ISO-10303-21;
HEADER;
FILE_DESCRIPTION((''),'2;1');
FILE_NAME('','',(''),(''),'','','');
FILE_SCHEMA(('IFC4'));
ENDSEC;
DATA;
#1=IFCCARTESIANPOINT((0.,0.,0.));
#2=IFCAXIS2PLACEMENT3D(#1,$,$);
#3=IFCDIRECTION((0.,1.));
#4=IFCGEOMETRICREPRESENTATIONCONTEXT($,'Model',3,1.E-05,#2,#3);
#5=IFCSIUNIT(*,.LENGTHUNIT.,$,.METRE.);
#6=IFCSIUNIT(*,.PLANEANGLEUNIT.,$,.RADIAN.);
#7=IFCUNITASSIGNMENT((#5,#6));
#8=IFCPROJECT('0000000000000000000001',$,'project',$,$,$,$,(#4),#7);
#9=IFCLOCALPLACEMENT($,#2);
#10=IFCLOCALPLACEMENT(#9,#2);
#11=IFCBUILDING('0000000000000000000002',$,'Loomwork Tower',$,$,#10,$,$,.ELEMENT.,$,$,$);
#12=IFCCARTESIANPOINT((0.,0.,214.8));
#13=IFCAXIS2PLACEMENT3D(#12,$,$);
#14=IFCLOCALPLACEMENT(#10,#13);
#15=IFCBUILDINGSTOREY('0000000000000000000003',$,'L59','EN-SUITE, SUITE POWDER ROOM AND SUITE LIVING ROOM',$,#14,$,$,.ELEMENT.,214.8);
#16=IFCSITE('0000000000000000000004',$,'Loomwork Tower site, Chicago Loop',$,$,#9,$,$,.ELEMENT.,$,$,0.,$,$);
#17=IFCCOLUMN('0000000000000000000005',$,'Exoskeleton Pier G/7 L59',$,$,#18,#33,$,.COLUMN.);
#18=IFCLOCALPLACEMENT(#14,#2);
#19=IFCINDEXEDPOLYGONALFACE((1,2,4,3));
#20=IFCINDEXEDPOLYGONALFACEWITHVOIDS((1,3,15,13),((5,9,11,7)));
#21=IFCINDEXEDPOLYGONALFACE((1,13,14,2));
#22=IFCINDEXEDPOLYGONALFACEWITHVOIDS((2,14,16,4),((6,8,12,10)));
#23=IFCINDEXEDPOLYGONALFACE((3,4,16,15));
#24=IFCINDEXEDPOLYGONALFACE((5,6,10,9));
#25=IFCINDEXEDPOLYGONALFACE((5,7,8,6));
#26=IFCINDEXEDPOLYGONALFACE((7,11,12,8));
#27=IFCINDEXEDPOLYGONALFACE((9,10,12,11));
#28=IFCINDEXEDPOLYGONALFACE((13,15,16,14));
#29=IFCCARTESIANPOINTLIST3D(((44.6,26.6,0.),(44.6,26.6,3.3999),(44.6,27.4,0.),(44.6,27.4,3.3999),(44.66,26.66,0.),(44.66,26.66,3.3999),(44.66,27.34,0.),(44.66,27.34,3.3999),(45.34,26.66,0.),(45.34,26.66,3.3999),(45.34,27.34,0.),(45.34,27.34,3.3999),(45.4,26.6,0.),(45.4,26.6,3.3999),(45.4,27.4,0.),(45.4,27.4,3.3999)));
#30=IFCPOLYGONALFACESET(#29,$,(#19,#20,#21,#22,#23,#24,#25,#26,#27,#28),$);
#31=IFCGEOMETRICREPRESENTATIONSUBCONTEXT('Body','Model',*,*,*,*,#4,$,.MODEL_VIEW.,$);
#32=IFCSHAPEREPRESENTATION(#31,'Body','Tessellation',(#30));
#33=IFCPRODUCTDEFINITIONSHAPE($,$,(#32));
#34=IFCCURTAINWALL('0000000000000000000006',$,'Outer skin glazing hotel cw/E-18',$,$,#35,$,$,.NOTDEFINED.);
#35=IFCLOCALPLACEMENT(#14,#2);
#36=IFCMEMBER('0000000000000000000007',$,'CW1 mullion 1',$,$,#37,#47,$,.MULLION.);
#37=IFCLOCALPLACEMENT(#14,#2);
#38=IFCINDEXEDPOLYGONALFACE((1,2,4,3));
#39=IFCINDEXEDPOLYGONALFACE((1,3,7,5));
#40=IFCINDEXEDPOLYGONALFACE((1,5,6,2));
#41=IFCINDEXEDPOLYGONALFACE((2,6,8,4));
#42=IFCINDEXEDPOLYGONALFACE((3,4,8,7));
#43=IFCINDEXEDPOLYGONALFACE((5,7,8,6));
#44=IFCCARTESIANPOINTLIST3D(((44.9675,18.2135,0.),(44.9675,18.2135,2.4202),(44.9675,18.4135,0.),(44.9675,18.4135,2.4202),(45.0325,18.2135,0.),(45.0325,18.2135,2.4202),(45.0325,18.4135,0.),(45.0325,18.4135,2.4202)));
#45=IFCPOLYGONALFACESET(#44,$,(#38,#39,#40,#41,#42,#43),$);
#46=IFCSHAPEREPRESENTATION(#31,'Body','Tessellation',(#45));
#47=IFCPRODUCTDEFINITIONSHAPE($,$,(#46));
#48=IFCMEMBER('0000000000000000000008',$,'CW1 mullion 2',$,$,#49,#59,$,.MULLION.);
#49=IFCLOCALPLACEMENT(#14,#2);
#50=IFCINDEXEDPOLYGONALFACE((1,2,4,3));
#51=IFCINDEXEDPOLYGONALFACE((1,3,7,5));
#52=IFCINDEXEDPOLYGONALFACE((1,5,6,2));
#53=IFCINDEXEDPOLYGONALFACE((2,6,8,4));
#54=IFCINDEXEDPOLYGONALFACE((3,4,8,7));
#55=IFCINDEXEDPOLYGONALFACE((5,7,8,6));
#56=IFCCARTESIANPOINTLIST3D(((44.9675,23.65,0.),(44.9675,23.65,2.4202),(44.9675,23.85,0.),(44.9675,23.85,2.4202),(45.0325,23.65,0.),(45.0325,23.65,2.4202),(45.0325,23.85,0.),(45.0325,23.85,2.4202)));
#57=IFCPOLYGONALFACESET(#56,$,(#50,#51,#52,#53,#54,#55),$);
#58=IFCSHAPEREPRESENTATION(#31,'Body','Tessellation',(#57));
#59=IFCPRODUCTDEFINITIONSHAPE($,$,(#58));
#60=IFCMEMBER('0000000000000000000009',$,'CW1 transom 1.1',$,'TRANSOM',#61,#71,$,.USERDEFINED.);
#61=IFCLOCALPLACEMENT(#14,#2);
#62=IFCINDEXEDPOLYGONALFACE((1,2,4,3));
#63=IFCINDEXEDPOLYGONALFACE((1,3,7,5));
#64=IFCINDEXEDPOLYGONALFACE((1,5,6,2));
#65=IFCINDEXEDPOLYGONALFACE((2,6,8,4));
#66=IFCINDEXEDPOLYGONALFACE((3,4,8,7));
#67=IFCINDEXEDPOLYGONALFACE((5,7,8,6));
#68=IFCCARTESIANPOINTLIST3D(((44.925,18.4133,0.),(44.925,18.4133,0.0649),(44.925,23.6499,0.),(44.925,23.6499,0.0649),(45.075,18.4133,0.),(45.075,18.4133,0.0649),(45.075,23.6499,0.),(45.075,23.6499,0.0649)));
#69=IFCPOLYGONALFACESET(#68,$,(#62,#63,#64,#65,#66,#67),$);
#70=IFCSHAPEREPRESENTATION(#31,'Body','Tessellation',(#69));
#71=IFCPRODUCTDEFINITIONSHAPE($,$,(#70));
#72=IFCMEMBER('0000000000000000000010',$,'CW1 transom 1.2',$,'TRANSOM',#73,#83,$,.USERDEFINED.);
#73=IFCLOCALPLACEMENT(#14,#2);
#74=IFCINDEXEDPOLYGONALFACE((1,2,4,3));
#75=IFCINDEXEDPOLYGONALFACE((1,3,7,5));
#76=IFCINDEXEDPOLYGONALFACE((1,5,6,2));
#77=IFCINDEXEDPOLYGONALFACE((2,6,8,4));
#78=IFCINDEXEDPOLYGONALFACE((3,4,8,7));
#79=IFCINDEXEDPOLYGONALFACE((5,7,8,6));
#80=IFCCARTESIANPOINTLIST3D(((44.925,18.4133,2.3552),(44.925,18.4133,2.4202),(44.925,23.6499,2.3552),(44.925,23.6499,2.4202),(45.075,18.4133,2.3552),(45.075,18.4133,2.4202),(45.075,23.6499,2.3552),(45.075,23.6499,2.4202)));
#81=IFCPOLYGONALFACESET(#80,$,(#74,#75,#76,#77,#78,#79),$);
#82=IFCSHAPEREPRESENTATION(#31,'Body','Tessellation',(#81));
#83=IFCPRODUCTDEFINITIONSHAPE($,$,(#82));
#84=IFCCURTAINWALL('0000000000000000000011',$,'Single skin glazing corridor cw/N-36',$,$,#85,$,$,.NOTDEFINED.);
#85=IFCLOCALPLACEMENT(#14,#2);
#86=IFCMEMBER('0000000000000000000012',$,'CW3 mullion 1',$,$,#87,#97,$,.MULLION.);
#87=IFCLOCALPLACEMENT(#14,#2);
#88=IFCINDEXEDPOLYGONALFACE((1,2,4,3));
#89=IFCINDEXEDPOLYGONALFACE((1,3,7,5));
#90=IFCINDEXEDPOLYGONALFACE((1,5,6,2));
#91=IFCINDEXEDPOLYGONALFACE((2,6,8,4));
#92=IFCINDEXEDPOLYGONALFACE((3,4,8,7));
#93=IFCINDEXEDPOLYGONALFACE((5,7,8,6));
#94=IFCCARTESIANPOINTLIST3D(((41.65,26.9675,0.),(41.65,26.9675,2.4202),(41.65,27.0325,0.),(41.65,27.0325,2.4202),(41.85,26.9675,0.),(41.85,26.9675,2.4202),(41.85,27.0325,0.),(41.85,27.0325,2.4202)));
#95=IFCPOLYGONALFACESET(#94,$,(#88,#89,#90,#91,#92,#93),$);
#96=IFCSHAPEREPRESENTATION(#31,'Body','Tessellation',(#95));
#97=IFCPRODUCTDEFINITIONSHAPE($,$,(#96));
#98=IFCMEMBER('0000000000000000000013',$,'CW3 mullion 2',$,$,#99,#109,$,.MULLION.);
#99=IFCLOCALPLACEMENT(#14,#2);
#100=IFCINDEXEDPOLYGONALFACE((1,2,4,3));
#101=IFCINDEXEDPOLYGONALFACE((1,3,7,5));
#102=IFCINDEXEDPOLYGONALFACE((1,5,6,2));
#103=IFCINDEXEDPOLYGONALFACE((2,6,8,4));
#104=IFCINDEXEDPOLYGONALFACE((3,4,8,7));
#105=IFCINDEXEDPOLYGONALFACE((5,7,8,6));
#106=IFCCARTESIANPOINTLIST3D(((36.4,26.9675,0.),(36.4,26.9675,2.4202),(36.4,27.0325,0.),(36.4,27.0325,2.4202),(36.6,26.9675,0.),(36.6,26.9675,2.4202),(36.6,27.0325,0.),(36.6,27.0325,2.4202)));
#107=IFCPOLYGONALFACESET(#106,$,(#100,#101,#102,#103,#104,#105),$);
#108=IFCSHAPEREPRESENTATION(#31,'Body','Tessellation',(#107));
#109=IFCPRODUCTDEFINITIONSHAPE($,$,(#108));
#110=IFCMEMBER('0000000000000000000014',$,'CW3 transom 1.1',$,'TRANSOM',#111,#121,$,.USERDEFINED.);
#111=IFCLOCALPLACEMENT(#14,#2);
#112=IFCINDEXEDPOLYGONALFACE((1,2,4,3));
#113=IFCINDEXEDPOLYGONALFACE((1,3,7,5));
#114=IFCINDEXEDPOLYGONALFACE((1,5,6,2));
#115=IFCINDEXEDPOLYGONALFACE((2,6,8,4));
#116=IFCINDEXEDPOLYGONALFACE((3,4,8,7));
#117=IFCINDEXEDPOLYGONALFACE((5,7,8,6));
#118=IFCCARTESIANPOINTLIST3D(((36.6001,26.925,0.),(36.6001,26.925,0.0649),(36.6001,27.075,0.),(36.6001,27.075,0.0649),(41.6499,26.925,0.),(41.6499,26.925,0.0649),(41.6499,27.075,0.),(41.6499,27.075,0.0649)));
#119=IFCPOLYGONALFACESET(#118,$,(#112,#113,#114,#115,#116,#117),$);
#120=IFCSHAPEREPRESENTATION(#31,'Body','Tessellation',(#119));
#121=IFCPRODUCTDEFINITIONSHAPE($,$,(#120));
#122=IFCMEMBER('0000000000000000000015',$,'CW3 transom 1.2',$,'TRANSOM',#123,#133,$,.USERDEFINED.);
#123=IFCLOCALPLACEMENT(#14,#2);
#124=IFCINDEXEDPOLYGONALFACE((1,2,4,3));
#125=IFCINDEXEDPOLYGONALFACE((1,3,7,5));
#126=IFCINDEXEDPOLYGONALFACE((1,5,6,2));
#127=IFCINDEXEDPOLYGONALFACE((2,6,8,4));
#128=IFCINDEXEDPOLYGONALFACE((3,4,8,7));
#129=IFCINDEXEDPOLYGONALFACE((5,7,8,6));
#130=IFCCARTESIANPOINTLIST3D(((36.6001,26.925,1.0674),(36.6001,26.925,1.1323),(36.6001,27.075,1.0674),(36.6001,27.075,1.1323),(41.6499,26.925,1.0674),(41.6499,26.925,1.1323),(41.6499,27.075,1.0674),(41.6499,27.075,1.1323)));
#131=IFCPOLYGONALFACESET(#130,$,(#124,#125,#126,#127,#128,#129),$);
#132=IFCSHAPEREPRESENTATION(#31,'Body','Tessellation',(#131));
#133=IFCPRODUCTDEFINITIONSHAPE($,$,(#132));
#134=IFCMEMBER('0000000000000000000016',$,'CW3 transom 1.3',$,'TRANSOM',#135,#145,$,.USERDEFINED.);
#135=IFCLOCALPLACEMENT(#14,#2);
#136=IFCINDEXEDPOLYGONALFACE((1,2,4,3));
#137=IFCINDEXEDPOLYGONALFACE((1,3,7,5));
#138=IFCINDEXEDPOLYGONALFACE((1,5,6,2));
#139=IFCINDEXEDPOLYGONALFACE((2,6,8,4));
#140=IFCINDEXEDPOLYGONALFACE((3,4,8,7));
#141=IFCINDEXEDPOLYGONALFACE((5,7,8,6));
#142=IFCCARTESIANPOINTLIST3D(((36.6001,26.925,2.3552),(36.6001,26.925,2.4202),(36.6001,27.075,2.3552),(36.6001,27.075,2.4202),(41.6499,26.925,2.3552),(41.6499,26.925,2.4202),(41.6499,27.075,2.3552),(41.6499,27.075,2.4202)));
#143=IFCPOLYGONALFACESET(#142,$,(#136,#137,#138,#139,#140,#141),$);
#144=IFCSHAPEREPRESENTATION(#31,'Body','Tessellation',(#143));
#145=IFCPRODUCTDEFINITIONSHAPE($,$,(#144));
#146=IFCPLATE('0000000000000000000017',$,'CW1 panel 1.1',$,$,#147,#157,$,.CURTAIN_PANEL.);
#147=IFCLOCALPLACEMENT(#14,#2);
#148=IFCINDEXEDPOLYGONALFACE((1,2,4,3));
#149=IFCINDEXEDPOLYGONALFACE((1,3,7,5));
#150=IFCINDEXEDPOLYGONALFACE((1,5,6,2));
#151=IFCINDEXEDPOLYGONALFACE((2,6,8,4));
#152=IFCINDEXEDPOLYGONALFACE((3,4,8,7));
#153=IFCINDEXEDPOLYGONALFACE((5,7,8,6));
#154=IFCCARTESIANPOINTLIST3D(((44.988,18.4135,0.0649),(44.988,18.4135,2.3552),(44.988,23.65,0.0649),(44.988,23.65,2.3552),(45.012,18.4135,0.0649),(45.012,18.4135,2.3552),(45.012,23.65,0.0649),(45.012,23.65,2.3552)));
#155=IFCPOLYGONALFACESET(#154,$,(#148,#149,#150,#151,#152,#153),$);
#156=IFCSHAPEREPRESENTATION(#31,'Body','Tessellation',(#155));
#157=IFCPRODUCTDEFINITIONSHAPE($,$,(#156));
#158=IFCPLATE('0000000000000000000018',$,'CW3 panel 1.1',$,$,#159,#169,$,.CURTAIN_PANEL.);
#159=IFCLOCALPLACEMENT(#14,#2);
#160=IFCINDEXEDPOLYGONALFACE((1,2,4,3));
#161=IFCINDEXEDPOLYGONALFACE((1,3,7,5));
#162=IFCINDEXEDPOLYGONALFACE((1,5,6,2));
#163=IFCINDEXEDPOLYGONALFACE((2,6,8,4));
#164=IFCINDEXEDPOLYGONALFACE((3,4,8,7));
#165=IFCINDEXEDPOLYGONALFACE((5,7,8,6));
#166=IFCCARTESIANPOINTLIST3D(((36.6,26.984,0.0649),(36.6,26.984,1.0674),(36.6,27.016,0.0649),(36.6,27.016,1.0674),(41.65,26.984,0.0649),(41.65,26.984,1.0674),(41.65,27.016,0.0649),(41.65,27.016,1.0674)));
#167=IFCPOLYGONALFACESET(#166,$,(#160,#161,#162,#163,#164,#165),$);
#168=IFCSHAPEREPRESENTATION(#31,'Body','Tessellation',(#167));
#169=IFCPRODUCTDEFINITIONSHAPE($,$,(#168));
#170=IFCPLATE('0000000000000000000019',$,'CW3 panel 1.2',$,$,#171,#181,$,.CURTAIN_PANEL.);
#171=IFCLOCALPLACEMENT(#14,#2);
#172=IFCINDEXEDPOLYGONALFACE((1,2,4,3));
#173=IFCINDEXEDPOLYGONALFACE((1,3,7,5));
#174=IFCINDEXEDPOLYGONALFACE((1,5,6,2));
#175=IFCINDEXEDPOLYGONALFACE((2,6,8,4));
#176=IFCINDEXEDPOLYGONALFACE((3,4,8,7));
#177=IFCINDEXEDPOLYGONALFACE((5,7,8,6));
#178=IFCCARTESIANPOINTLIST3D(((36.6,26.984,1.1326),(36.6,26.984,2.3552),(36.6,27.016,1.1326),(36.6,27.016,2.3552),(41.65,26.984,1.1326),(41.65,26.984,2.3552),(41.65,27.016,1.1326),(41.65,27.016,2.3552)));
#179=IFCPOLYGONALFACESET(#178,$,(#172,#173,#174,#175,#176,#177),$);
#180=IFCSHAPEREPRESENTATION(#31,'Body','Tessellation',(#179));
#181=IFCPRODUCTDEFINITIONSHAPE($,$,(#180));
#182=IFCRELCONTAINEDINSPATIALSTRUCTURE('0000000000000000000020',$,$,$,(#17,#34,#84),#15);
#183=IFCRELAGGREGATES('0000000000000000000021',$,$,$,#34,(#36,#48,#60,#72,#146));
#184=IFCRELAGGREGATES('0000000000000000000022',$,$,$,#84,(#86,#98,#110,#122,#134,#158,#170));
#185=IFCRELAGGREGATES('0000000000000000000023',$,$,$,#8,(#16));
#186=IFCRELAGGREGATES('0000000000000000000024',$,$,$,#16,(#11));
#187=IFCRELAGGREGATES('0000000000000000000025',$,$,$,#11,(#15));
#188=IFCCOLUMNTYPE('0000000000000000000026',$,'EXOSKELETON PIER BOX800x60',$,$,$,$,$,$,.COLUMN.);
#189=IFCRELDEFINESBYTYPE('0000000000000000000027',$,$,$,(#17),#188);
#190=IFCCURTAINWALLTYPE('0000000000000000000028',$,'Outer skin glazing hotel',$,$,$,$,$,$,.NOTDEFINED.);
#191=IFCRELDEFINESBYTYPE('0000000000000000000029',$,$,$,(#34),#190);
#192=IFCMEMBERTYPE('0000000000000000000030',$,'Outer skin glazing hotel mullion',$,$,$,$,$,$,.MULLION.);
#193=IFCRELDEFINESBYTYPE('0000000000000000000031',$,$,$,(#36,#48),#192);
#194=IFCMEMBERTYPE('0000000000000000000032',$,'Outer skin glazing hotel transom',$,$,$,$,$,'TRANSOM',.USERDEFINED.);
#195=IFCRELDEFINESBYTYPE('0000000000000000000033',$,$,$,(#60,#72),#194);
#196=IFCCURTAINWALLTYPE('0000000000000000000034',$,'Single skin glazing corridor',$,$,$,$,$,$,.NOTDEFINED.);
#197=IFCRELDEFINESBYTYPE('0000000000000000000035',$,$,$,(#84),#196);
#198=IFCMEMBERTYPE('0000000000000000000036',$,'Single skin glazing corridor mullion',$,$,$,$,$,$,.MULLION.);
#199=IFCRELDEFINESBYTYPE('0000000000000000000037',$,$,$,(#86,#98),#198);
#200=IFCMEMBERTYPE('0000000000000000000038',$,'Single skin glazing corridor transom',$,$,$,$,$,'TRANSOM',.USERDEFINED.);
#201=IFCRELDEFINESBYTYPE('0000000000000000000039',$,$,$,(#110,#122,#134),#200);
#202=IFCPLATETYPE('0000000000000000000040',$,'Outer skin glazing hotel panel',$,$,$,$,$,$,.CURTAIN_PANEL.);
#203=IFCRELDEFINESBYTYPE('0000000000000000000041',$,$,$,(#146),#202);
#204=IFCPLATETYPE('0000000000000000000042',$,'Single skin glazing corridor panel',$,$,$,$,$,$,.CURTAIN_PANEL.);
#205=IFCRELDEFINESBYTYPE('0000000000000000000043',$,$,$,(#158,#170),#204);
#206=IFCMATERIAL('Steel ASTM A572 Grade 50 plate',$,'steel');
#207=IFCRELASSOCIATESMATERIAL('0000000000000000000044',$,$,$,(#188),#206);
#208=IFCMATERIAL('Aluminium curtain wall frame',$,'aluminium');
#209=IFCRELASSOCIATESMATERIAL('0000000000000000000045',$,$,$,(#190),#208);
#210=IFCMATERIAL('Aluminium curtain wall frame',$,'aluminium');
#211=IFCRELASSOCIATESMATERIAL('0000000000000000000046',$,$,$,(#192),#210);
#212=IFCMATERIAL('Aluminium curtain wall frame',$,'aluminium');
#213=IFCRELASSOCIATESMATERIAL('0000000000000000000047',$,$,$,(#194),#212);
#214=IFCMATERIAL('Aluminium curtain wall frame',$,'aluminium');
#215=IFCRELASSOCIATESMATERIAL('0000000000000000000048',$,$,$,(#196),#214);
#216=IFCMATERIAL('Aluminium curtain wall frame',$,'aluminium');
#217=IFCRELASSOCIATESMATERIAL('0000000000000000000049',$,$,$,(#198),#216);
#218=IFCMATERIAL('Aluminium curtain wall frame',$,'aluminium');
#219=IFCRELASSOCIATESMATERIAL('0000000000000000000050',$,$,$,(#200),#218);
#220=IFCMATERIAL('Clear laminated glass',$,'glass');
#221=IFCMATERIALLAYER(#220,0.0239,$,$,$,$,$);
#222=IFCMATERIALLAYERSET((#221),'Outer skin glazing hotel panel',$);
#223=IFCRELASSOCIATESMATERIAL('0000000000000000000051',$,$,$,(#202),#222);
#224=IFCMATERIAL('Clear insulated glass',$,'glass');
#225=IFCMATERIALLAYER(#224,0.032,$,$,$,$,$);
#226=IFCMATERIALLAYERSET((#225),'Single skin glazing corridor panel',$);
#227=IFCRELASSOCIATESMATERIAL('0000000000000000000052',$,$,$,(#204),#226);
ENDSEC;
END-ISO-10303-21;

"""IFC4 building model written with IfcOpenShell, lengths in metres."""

from ifc_helpers import new_model, si_unit, direction, frame, origin, origin_2d, place, context, subcontext, project, spatial, rectangle, hollow_rectangle, extrude, material, layer, layer_set, material_profile, profile_set, type_object, element, aggregate, save


model = new_model("IFC4")

# Units and contexts
model_context = context("Model", 3, precision=1e-05, world=origin(), true_north=direction((0.0, 1.0)))
body_context = subcontext(model_context, "Body", "Model", "MODEL_VIEW")
ifc_project = project(units=[si_unit("LENGTHUNIT", "METRE"), si_unit("PLANEANGLEUNIT", "RADIAN")], contexts=[model_context])

# Site, building, storey
site_placement = place(None, origin())
site = spatial("IfcSite", under=ifc_project, at=site_placement, Name="Loomwork Tower site, Chicago Loop", CompositionType="ELEMENT", RefElevation=0.0)
building_placement = place(site_placement, origin())
building = spatial("IfcBuilding", under=site, at=building_placement, Name="Loomwork Tower", CompositionType="ELEMENT")
storey_placement = place(building_placement, frame((0.0, 0.0, 214.8)))
storey = spatial("IfcBuildingStorey", under=building, at=storey_placement, Name="L59", Description="EN-SUITE, SUITE POWDER ROOM AND SUITE LIVING ROOM", CompositionType="ELEMENT", Elevation=214.8)

# Column
ifc_material_1 = material(Name="Steel ASTM A572 Grade 50 plate", Category="steel")
ifc_material_profile_1 = material_profile(ifc_material_1, hollow_rectangle(XDim=0.8, YDim=0.8, WallThickness=0.0601, at=origin_2d()), Name="BOX800x60")
ifc_profile_set_1 = profile_set([ifc_material_profile_1], Name="Steel ASTM A572 Grade 50 plate")
column_type = type_object("IfcColumnType", Name="EXOSKELETON PIER BOX800x60", PredefinedType="COLUMN", material=ifc_profile_set_1)
column_placement = place(storey_placement, frame((45.0, 27.0, 0.0), z_axis=(0.0, 0.0, 1.0), x_axis=(0.0, 1.0, 0.0)))
element("IfcColumn", 1, at=column_placement, inside=storey, type_object=column_type, Name="Exoskeleton Pier G/7 L59", PredefinedType="COLUMN", context=body_context, shape_type="SweptSolid", body=[
    extrude(hollow_rectangle(XDim=0.8, YDim=0.8, WallThickness=0.0601, at=origin_2d()), origin(), (0.0, 0.0, 1.0), 3.3999),
])

# Curtain walls, members
ifc_material_2 = material(Name="Aluminium curtain wall frame", Category="aluminium")
curtain_wall_type_1 = type_object("IfcCurtainWallType", Name="Outer skin glazing hotel", PredefinedType="NOTDEFINED", material=ifc_material_2)
curtain_wall_1_placement = place(storey_placement, origin())
curtain_wall_1 = element("IfcCurtainWall", 2, at=curtain_wall_1_placement, inside=storey, type_object=curtain_wall_type_1, Name="Outer skin glazing hotel cw/E-18", PredefinedType="NOTDEFINED")
ifc_material_3 = material(Name="Aluminium curtain wall frame", Category="aluminium")
ifc_material_profile_2 = material_profile(ifc_material_3, rectangle(XDim=0.0649, YDim=0.2, at=origin_2d()), Name="AL 65x200")
ifc_profile_set_2 = profile_set([ifc_material_profile_2], Name="Aluminium curtain wall frame")
member_type_1 = type_object("IfcMemberType", Name="Outer skin glazing hotel mullion", PredefinedType="MULLION", material=ifc_profile_set_2)
member_1_placement = place(storey_placement, frame((45.0, 18.3135, 0.0), z_axis=(0.0, 0.0, 1.0), x_axis=(-1.0, 0.0, 0.0)))
member_1 = element("IfcMember", 3, at=member_1_placement, type_object=member_type_1, Name="CW1 mullion 1", PredefinedType="MULLION", context=body_context, shape_type="SweptSolid", body=[
    extrude(rectangle(XDim=0.0649, YDim=0.2, at=origin_2d()), origin(), (0.0, 0.0, 1.0), 2.4202),
])
member_2_placement = place(storey_placement, frame((45.0, 23.75, 0.0), z_axis=(0.0, 0.0, 1.0), x_axis=(-1.0, 0.0, 0.0)))
member_2 = element("IfcMember", 4, at=member_2_placement, type_object=member_type_1, Name="CW1 mullion 2", PredefinedType="MULLION", context=body_context, shape_type="SweptSolid", body=[
    extrude(rectangle(XDim=0.0649, YDim=0.2, at=origin_2d()), origin(), (0.0, 0.0, 1.0), 2.4202),
])
ifc_material_4 = material(Name="Aluminium curtain wall frame", Category="aluminium")
ifc_material_profile_3 = material_profile(ifc_material_4, rectangle(XDim=0.1499, YDim=0.0649, at=origin_2d()), Name="AL 65x150")
ifc_profile_set_3 = profile_set([ifc_material_profile_3], Name="Aluminium curtain wall frame")
member_type_2 = type_object("IfcMemberType", Name="Outer skin glazing hotel transom", ElementType="TRANSOM", PredefinedType="USERDEFINED", material=ifc_profile_set_3)
member_3_placement = place(storey_placement, frame((45.0, 18.4133, 0.0325), z_axis=(0.0, 1.0, 0.0), x_axis=(-1.0, 0.0, 0.0)))
member_3 = element("IfcMember", 5, at=member_3_placement, type_object=member_type_2, Name="CW1 transom 1.1", ObjectType="TRANSOM", PredefinedType="USERDEFINED", context=body_context, shape_type="SweptSolid", body=[
    extrude(rectangle(XDim=0.1499, YDim=0.0649, at=origin_2d()), origin(), (0.0, 0.0, 1.0), 5.2366),
])
member_4_placement = place(storey_placement, frame((45.0, 18.4133, 2.3877), z_axis=(0.0, 1.0, 0.0), x_axis=(-1.0, 0.0, 0.0)))
member_4 = element("IfcMember", 6, at=member_4_placement, type_object=member_type_2, Name="CW1 transom 1.2", ObjectType="TRANSOM", PredefinedType="USERDEFINED", context=body_context, shape_type="SweptSolid", body=[
    extrude(rectangle(XDim=0.1499, YDim=0.0649, at=origin_2d()), origin(), (0.0, 0.0, 1.0), 5.2366),
])
ifc_material_5 = material(Name="Aluminium curtain wall frame", Category="aluminium")
curtain_wall_type_2 = type_object("IfcCurtainWallType", Name="Single skin glazing corridor", PredefinedType="NOTDEFINED", material=ifc_material_5)
curtain_wall_2_placement = place(storey_placement, origin())
curtain_wall_2 = element("IfcCurtainWall", 7, at=curtain_wall_2_placement, inside=storey, type_object=curtain_wall_type_2, Name="Single skin glazing corridor cw/N-36", PredefinedType="NOTDEFINED")
ifc_material_6 = material(Name="Aluminium curtain wall frame", Category="aluminium")
ifc_material_profile_4 = material_profile(ifc_material_6, rectangle(XDim=0.0649, YDim=0.2, at=origin_2d()), Name="AL 65x200")
ifc_profile_set_4 = profile_set([ifc_material_profile_4], Name="Aluminium curtain wall frame")
member_type_3 = type_object("IfcMemberType", Name="Single skin glazing corridor mullion", PredefinedType="MULLION", material=ifc_profile_set_4)
member_5_placement = place(storey_placement, frame((41.75, 27.0, 0.0), z_axis=(0.0, 0.0, 1.0), x_axis=(0.0, -1.0, 0.0)))
member_5 = element("IfcMember", 8, at=member_5_placement, type_object=member_type_3, Name="CW3 mullion 1", PredefinedType="MULLION", context=body_context, shape_type="SweptSolid", body=[
    extrude(rectangle(XDim=0.0649, YDim=0.2, at=origin_2d()), origin(), (0.0, 0.0, 1.0), 2.4202),
])
member_6_placement = place(storey_placement, frame((36.5, 27.0, 0.0), z_axis=(0.0, 0.0, 1.0), x_axis=(0.0, -1.0, 0.0)))
member_6 = element("IfcMember", 9, at=member_6_placement, type_object=member_type_3, Name="CW3 mullion 2", PredefinedType="MULLION", context=body_context, shape_type="SweptSolid", body=[
    extrude(rectangle(XDim=0.0649, YDim=0.2, at=origin_2d()), origin(), (0.0, 0.0, 1.0), 2.4202),
])
ifc_material_7 = material(Name="Aluminium curtain wall frame", Category="aluminium")
ifc_material_profile_5 = material_profile(ifc_material_7, rectangle(XDim=0.1499, YDim=0.0649, at=origin_2d()), Name="AL 65x150")
ifc_profile_set_5 = profile_set([ifc_material_profile_5], Name="Aluminium curtain wall frame")
member_type_4 = type_object("IfcMemberType", Name="Single skin glazing corridor transom", ElementType="TRANSOM", PredefinedType="USERDEFINED", material=ifc_profile_set_5)
member_7_placement = place(storey_placement, frame((41.6499, 27.0, 0.0325), z_axis=(-1.0, 0.0, 0.0), x_axis=(0.0, -1.0, 0.0)))
member_7 = element("IfcMember", 10, at=member_7_placement, type_object=member_type_4, Name="CW3 transom 1.1", ObjectType="TRANSOM", PredefinedType="USERDEFINED", context=body_context, shape_type="SweptSolid", body=[
    extrude(rectangle(XDim=0.1499, YDim=0.0649, at=origin_2d()), origin(), (0.0, 0.0, 1.0), 5.0498),
])
member_8_placement = place(storey_placement, frame((41.6499, 27.0, 1.0999), z_axis=(-1.0, 0.0, 0.0), x_axis=(0.0, -1.0, 0.0)))
member_8 = element("IfcMember", 11, at=member_8_placement, type_object=member_type_4, Name="CW3 transom 1.2", ObjectType="TRANSOM", PredefinedType="USERDEFINED", context=body_context, shape_type="SweptSolid", body=[
    extrude(rectangle(XDim=0.1499, YDim=0.0649, at=origin_2d()), origin(), (0.0, 0.0, 1.0), 5.0498),
])
member_9_placement = place(storey_placement, frame((41.6499, 27.0, 2.3877), z_axis=(-1.0, 0.0, 0.0), x_axis=(0.0, -1.0, 0.0)))
member_9 = element("IfcMember", 12, at=member_9_placement, type_object=member_type_4, Name="CW3 transom 1.3", ObjectType="TRANSOM", PredefinedType="USERDEFINED", context=body_context, shape_type="SweptSolid", body=[
    extrude(rectangle(XDim=0.1499, YDim=0.0649, at=origin_2d()), origin(), (0.0, 0.0, 1.0), 5.0498),
])

# Plates
ifc_material_8 = material(Name="Clear laminated glass", Category="glass")
ifc_layer_1 = layer(ifc_material_8, 0.0239)
ifc_layer_set_1 = layer_set([ifc_layer_1], Name="Outer skin glazing hotel panel")
plate_type_1 = type_object("IfcPlateType", Name="Outer skin glazing hotel panel", PredefinedType="CURTAIN_PANEL", material=ifc_layer_set_1)
plate_1_placement = place(storey_placement, frame((45.0, 21.0317, 0.0649), z_axis=(0.0, 0.0, 1.0), x_axis=(0.0, 1.0, 0.0)))
plate_1 = element("IfcPlate", 13, at=plate_1_placement, type_object=plate_type_1, Name="CW1 panel 1.1", PredefinedType="CURTAIN_PANEL", context=body_context, shape_type="SweptSolid", body=[
    extrude(rectangle(XDim=5.2366, YDim=0.0239, at=origin_2d()), origin(), (0.0, 0.0, 1.0), 2.2903),
])
aggregate(curtain_wall_1, [member_1, member_2, member_3, member_4, plate_1])
ifc_material_9 = material(Name="Clear insulated glass", Category="glass")
ifc_layer_2 = layer(ifc_material_9, 0.032)
ifc_layer_set_2 = layer_set([ifc_layer_2], Name="Single skin glazing corridor panel")
plate_type_2 = type_object("IfcPlateType", Name="Single skin glazing corridor panel", PredefinedType="CURTAIN_PANEL", material=ifc_layer_set_2)
plate_2_placement = place(storey_placement, frame((39.125, 27.0, 0.0649), z_axis=(0.0, 0.0, 1.0), x_axis=(-1.0, 0.0, 0.0)))
plate_2 = element("IfcPlate", 14, at=plate_2_placement, type_object=plate_type_2, Name="CW3 panel 1.1", PredefinedType="CURTAIN_PANEL", context=body_context, shape_type="SweptSolid", body=[
    extrude(rectangle(XDim=5.05, YDim=0.032, at=origin_2d()), origin(), (0.0, 0.0, 1.0), 1.0024),
])
plate_3_placement = place(storey_placement, frame((39.125, 27.0, 1.1326), z_axis=(0.0, 0.0, 1.0), x_axis=(-1.0, 0.0, 0.0)))
plate_3 = element("IfcPlate", 15, at=plate_3_placement, type_object=plate_type_2, Name="CW3 panel 1.2", PredefinedType="CURTAIN_PANEL", context=body_context, shape_type="SweptSolid", body=[
    extrude(rectangle(XDim=5.05, YDim=0.032, at=origin_2d()), origin(), (0.0, 0.0, 1.0), 1.2227),
])
aggregate(curtain_wall_2, [member_5, member_6, member_7, member_8, member_9, plate_2, plate_3])

save(model, "model.ifc")
